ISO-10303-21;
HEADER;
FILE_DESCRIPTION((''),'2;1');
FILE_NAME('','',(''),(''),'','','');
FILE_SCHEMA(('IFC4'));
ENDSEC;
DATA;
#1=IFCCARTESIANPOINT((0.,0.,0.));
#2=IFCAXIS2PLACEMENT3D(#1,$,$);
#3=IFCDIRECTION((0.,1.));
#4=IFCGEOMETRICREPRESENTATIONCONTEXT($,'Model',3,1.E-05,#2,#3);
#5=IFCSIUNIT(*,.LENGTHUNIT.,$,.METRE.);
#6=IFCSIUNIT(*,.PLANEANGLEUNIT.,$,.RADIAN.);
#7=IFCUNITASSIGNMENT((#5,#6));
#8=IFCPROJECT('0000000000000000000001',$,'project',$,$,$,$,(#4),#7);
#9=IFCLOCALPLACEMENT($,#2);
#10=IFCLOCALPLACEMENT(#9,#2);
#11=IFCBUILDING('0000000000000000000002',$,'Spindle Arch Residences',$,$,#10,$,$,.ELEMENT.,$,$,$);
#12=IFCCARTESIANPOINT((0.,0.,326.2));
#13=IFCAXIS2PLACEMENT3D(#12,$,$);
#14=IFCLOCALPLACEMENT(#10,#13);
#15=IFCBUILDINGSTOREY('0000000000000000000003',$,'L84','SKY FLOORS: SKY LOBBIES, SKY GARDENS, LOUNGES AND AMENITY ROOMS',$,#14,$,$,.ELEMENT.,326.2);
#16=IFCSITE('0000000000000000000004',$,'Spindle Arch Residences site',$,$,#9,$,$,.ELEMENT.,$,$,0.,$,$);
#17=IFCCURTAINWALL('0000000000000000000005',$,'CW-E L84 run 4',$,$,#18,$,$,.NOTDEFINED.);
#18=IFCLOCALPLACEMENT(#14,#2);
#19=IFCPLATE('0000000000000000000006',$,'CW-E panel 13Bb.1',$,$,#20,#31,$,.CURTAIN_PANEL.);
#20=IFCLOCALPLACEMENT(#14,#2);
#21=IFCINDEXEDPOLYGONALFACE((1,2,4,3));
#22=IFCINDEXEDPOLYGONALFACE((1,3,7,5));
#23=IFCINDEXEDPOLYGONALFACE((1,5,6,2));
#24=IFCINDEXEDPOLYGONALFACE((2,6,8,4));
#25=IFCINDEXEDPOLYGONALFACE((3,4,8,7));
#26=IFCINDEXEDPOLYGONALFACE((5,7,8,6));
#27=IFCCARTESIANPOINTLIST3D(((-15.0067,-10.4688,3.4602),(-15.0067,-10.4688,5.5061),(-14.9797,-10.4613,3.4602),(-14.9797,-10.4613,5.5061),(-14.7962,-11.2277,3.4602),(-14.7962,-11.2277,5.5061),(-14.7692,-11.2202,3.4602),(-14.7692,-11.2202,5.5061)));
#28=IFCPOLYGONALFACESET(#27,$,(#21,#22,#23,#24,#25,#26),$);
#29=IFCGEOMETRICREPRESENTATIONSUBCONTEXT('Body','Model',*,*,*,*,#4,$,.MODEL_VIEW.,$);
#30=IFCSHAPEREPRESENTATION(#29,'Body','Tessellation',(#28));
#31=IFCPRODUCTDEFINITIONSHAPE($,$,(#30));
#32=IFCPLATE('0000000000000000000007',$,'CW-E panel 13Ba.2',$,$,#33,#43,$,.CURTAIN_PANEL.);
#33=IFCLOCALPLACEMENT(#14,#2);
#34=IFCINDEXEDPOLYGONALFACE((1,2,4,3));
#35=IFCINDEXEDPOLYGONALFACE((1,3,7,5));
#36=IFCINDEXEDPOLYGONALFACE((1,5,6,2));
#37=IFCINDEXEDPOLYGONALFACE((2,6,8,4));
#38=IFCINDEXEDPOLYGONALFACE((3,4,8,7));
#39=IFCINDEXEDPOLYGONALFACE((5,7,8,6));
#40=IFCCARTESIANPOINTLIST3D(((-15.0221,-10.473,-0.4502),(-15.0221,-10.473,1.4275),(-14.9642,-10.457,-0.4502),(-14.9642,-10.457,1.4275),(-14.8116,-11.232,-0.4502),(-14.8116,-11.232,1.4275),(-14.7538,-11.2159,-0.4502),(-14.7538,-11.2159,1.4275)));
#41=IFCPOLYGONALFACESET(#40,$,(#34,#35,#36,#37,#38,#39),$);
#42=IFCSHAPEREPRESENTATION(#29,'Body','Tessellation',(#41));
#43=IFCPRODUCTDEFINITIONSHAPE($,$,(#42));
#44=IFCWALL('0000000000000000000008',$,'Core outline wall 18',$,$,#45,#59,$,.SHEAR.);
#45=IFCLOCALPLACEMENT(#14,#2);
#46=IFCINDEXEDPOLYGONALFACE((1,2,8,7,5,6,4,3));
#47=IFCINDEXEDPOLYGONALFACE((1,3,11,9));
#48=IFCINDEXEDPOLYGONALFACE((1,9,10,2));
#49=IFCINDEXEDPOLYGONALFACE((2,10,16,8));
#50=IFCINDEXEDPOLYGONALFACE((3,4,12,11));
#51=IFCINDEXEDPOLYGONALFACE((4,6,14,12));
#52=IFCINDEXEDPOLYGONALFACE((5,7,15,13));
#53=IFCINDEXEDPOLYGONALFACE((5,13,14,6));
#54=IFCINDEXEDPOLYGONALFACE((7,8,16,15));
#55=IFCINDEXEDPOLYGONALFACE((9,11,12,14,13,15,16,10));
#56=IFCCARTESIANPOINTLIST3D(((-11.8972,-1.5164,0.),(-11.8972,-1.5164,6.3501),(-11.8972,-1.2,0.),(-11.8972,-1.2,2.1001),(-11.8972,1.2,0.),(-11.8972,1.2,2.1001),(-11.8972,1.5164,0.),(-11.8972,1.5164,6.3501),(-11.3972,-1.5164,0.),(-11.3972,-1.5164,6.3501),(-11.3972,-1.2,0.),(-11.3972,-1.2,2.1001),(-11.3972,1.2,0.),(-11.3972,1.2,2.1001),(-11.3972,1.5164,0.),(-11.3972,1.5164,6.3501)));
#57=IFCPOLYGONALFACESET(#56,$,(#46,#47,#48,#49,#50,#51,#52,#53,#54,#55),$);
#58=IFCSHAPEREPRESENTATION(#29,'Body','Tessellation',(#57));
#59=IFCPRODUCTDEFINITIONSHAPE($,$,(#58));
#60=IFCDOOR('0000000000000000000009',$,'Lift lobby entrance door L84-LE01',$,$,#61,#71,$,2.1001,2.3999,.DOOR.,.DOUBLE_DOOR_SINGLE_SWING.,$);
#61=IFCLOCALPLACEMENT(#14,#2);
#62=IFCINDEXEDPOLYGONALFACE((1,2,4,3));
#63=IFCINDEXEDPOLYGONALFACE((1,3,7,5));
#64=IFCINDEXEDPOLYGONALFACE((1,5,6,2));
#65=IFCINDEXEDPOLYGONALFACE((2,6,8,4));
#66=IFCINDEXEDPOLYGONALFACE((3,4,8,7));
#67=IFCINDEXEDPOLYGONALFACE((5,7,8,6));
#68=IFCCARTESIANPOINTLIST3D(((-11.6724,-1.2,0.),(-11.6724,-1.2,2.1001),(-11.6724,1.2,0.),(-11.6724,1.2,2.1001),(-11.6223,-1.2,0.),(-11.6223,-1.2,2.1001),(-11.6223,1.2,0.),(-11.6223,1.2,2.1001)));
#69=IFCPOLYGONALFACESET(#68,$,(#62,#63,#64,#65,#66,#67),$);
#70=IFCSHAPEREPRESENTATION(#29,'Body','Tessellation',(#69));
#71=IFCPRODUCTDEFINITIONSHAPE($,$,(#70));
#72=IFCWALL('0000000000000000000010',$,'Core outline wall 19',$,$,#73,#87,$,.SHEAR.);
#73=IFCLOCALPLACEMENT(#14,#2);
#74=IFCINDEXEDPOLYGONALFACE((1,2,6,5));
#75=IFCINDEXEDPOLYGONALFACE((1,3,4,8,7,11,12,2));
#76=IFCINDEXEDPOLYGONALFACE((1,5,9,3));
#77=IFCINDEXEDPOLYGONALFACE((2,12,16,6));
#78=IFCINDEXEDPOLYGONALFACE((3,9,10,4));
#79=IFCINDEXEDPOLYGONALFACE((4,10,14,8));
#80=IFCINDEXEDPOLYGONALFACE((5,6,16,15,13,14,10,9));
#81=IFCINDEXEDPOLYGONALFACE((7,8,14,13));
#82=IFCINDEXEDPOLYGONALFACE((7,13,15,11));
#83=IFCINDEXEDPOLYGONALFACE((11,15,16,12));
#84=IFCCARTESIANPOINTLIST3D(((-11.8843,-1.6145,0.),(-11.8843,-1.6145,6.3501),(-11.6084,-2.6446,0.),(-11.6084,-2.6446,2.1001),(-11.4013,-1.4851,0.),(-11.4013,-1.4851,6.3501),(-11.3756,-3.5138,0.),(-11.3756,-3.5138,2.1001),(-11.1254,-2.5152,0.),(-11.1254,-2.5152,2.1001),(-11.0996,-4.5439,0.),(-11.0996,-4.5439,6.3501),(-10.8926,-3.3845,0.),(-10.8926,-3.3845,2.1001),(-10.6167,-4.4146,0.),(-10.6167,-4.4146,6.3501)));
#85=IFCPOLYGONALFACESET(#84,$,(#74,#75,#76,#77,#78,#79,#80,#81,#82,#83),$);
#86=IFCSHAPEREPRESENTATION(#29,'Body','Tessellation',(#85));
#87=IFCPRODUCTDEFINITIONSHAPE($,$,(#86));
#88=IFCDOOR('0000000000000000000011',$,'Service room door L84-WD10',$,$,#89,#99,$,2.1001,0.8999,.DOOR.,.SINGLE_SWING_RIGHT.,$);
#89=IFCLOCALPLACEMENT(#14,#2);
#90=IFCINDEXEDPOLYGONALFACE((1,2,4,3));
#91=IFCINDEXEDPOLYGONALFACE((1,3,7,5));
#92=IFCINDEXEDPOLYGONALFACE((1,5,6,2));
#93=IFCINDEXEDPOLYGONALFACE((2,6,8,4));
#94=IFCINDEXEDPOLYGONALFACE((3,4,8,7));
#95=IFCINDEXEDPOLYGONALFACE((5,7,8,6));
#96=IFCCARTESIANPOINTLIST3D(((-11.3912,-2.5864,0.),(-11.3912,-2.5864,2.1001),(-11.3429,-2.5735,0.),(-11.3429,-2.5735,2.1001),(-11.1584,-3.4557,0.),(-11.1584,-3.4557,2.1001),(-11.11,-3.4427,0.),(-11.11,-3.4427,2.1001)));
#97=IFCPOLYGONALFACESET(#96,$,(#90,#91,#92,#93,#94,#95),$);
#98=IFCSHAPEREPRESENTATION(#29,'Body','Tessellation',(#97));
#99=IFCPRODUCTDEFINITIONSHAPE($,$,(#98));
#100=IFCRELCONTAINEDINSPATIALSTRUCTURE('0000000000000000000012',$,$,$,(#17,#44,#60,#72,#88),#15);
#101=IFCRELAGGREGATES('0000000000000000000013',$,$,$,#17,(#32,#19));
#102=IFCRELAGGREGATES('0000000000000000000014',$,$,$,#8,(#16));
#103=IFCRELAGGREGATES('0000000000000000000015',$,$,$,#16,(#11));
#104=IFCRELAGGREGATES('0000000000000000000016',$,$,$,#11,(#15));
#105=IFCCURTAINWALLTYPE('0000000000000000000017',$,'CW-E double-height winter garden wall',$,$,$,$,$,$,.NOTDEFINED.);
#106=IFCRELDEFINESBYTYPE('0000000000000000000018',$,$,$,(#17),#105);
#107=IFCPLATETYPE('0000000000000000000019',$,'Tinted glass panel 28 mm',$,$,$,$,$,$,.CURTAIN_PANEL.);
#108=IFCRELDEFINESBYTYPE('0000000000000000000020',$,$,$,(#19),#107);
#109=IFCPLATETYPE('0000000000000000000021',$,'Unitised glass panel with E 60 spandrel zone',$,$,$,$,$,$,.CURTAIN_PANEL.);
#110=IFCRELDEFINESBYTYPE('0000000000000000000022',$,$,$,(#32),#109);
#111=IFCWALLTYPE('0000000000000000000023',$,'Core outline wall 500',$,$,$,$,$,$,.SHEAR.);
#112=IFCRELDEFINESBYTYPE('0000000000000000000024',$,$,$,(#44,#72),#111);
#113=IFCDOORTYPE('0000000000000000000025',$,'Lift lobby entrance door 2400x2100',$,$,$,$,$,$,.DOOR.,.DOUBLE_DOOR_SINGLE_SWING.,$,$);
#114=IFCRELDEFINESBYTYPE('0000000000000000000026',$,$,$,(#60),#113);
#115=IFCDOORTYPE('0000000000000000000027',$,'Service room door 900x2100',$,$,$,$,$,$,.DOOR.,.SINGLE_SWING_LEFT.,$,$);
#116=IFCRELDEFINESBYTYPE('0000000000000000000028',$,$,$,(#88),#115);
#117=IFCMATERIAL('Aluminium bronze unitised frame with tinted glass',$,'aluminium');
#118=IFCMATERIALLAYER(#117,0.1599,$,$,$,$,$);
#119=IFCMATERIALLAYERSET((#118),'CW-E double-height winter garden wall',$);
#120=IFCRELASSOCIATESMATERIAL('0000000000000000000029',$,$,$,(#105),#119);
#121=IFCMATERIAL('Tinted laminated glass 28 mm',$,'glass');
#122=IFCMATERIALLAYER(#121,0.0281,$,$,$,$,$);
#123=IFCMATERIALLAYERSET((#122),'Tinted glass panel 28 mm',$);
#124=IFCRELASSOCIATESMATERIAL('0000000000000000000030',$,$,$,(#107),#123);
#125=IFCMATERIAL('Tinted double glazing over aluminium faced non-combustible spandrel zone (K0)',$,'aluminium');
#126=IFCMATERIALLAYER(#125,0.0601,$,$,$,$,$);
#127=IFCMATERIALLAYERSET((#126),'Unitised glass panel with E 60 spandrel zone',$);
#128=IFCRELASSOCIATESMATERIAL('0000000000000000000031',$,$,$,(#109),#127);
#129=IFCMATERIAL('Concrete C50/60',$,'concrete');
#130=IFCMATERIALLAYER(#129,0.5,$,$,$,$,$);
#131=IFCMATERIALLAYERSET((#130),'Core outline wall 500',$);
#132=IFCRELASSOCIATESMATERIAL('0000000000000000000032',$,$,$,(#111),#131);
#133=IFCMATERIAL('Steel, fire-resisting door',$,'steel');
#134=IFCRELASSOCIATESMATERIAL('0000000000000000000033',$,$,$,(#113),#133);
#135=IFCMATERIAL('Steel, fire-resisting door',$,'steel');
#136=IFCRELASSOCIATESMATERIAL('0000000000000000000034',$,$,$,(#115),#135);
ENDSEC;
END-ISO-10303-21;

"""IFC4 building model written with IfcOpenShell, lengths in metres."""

from ifc_helpers import new_model, si_unit, direction, frame, frame_2d, origin, origin_2d, place, context, subcontext, project, spatial, rectangle, extrude, material, layer, layer_set, type_object, element, fill, aggregate, save


model = new_model("IFC4")

# Units and contexts
model_context = context("Model", 3, precision=1e-05, world=origin(), true_north=direction((0.0, 1.0)))
body_context = subcontext(model_context, "Body", "Model", "MODEL_VIEW")
ifc_project = project(units=[si_unit("LENGTHUNIT", "METRE"), si_unit("PLANEANGLEUNIT", "RADIAN")], contexts=[model_context])

# Site, building, storey
site_placement = place(None, origin())
site = spatial("IfcSite", under=ifc_project, at=site_placement, Name="Spindle Arch Residences site", CompositionType="ELEMENT", RefElevation=0.0)
building_placement = place(site_placement, origin())
building = spatial("IfcBuilding", under=site, at=building_placement, Name="Spindle Arch Residences", CompositionType="ELEMENT")
storey_placement = place(building_placement, frame((0.0, 0.0, 326.2)))
storey = spatial("IfcBuildingStorey", under=building, at=storey_placement, Name="L84", Description="SKY FLOORS: SKY LOBBIES, SKY GARDENS, LOUNGES AND AMENITY ROOMS", CompositionType="ELEMENT", Elevation=326.2)

# Curtain wall, plates
ifc_material_1 = material(Name="Aluminium bronze unitised frame with tinted glass", Category="aluminium")
ifc_layer_1 = layer(ifc_material_1, 0.1599)
ifc_layer_set_1 = layer_set([ifc_layer_1], Name="CW-E double-height winter garden wall")
curtain_wall_type = type_object("IfcCurtainWallType", Name="CW-E double-height winter garden wall", PredefinedType="NOTDEFINED", material=ifc_layer_set_1)
curtain_wall_placement = place(storey_placement, origin())
curtain_wall = element("IfcCurtainWall", 1, at=curtain_wall_placement, inside=storey, type_object=curtain_wall_type, Name="CW-E L84 run 4", PredefinedType="NOTDEFINED")
ifc_material_2 = material(Name="Tinted laminated glass 28 mm", Category="glass")
ifc_layer_2 = layer(ifc_material_2, 0.0281)
ifc_layer_set_2 = layer_set([ifc_layer_2], Name="Tinted glass panel 28 mm")
plate_type_1 = type_object("IfcPlateType", Name="Tinted glass panel 28 mm", PredefinedType="CURTAIN_PANEL", material=ifc_layer_set_2)
plate_1_placement = place(storey_placement, frame((-14.8879, -10.8445, 3.4602), z_axis=(0.0, 0.0, 1.0), x_axis=(0.267238, -0.96363, 0.0)))
plate_1 = element("IfcPlate", 2, at=plate_1_placement, type_object=plate_type_1, Name="CW-E panel 13Bb.1", PredefinedType="CURTAIN_PANEL", context=body_context, shape_type="SweptSolid", body=[
    extrude(rectangle(XDim=0.7876, YDim=0.0281, at=origin_2d()), origin(), (0.0, 0.0, 1.0), 2.0459),
])
ifc_material_3 = material(Name="Tinted double glazing over aluminium faced non-combustible spandrel zone (K0)", Category="aluminium")
ifc_layer_3 = layer(ifc_material_3, 0.0601)
ifc_layer_set_3 = layer_set([ifc_layer_3], Name="Unitised glass panel with E 60 spandrel zone")
plate_type_2 = type_object("IfcPlateType", Name="Unitised glass panel with E 60 spandrel zone", PredefinedType="CURTAIN_PANEL", material=ifc_layer_set_3)
plate_2_placement = place(storey_placement, frame((-14.8879, -10.8445, -0.4502), z_axis=(0.0, 0.0, 1.0), x_axis=(0.267238, -0.96363, 0.0)))
plate_2 = element("IfcPlate", 3, at=plate_2_placement, type_object=plate_type_2, Name="CW-E panel 13Ba.2", PredefinedType="CURTAIN_PANEL", context=body_context, shape_type="SweptSolid", body=[
    extrude(rectangle(XDim=0.7876, YDim=0.0601, at=origin_2d()), origin(), (0.0, 0.0, 1.0), 1.8777),
])
aggregate(curtain_wall, [plate_2, plate_1])

# Walls, openings, doors
ifc_material_4 = material(Name="Concrete C50/60", Category="concrete")
ifc_layer_4 = layer(ifc_material_4, 0.5)
ifc_layer_set_4 = layer_set([ifc_layer_4], Name="Core outline wall 500")
wall_type_1 = type_object("IfcWallType", Name="Core outline wall 500", PredefinedType="SHEAR", material=ifc_layer_set_4)
wall_1_placement = place(storey_placement, frame((-11.6472, 1.5164, 0.0), z_axis=(0.0, 0.0, 1.0), x_axis=(0.0, -1.0, 0.0)))
wall_1 = element("IfcWall", 4, at=wall_1_placement, inside=storey, type_object=wall_type_1, Name="Core outline wall 18", PredefinedType="SHEAR", context=body_context, shape_type="SweptSolid", body=[
    extrude(rectangle(XDim=3.0327, YDim=0.5, at=frame_2d((1.5164, 0.0))), origin(), (0.0, 0.0, 1.0), 6.3501),
])
opening_1_placement = place(wall_1_placement, frame((0.3164, 0.0, 0.0)))
opening_1 = element("IfcOpeningElement", 5, at=opening_1_placement, cuts=wall_1, PredefinedType="OPENING", context=body_context, shape_type="SweptSolid", body=[
    extrude(rectangle(XDim=2.3999, YDim=2.1001, at=frame_2d((1.2, 1.05))), frame((0.0, 0.26, 0.0), z_axis=(0.0, -1.0, 0.0), x_axis=(1.0, 0.0, 0.0)), (0.0, 0.0, 1.0), 0.52),
])
ifc_material_5 = material(Name="Steel, fire-resisting door", Category="steel")
door_type_1 = type_object("IfcDoorType", Name="Lift lobby entrance door 2400x2100", OperationType="DOUBLE_DOOR_SINGLE_SWING", PredefinedType="DOOR", material=ifc_material_5)
door_1_placement = place(opening_1_placement, origin())
door_1 = element("IfcDoor", 6, at=door_1_placement, inside=storey, type_object=door_type_1, Name="Lift lobby entrance door L84-LE01", OperationType="DOUBLE_DOOR_SINGLE_SWING", OverallHeight=2.1001, OverallWidth=2.3999, PredefinedType="DOOR", context=body_context, shape_type="SweptSolid", body=[
    extrude(rectangle(XDim=2.3999, YDim=2.1001, at=frame_2d((1.2, 1.05))), frame((0.0, 0.0249, 0.0), z_axis=(0.0, -1.0, 0.0), x_axis=(1.0, 0.0, 0.0)), (0.0, 0.0, 1.0), 0.05),
])
fill(opening_1, door_1)
wall_2_placement = place(storey_placement, frame((-11.6428, -1.5498, 0.0), z_axis=(0.0, 0.0, 1.0), x_axis=(0.258735, -0.965948, 0.0)))
wall_2 = element("IfcWall", 7, at=wall_2_placement, inside=storey, type_object=wall_type_1, Name="Core outline wall 19", PredefinedType="SHEAR", context=body_context, shape_type="SweptSolid", body=[
    extrude(rectangle(XDim=3.0327, YDim=0.5, at=frame_2d((1.5164, 0.0))), origin(), (0.0, 0.0, 1.0), 6.3501),
])
opening_2_placement = place(wall_2_placement, frame((1.0664, 0.0, 0.0)))
opening_2 = element("IfcOpeningElement", 8, at=opening_2_placement, cuts=wall_2, PredefinedType="OPENING", context=body_context, shape_type="SweptSolid", body=[
    extrude(rectangle(XDim=0.8999, YDim=2.1001, at=frame_2d((0.45, 1.05))), frame((0.0, 0.26, 0.0), z_axis=(0.0, -1.0, 0.0), x_axis=(1.0, 0.0, 0.0)), (0.0, 0.0, 1.0), 0.52),
])
ifc_material_6 = material(Name="Steel, fire-resisting door", Category="steel")
door_type_2 = type_object("IfcDoorType", Name="Service room door 900x2100", OperationType="SINGLE_SWING_LEFT", PredefinedType="DOOR", material=ifc_material_6)
door_2_placement = place(opening_2_placement, origin())
door_2 = element("IfcDoor", 9, at=door_2_placement, inside=storey, type_object=door_type_2, Name="Service room door L84-WD10", OperationType="SINGLE_SWING_RIGHT", OverallHeight=2.1001, OverallWidth=0.8999, PredefinedType="DOOR", context=body_context, shape_type="SweptSolid", body=[
    extrude(rectangle(XDim=0.8999, YDim=2.1001, at=frame_2d((0.45, 1.05))), frame((0.0, 0.0249, 0.0), z_axis=(0.0, -1.0, 0.0), x_axis=(1.0, 0.0, 0.0)), (0.0, 0.0, 1.0), 0.05),
])
fill(opening_2, door_2)

save(model, "model.ifc")
